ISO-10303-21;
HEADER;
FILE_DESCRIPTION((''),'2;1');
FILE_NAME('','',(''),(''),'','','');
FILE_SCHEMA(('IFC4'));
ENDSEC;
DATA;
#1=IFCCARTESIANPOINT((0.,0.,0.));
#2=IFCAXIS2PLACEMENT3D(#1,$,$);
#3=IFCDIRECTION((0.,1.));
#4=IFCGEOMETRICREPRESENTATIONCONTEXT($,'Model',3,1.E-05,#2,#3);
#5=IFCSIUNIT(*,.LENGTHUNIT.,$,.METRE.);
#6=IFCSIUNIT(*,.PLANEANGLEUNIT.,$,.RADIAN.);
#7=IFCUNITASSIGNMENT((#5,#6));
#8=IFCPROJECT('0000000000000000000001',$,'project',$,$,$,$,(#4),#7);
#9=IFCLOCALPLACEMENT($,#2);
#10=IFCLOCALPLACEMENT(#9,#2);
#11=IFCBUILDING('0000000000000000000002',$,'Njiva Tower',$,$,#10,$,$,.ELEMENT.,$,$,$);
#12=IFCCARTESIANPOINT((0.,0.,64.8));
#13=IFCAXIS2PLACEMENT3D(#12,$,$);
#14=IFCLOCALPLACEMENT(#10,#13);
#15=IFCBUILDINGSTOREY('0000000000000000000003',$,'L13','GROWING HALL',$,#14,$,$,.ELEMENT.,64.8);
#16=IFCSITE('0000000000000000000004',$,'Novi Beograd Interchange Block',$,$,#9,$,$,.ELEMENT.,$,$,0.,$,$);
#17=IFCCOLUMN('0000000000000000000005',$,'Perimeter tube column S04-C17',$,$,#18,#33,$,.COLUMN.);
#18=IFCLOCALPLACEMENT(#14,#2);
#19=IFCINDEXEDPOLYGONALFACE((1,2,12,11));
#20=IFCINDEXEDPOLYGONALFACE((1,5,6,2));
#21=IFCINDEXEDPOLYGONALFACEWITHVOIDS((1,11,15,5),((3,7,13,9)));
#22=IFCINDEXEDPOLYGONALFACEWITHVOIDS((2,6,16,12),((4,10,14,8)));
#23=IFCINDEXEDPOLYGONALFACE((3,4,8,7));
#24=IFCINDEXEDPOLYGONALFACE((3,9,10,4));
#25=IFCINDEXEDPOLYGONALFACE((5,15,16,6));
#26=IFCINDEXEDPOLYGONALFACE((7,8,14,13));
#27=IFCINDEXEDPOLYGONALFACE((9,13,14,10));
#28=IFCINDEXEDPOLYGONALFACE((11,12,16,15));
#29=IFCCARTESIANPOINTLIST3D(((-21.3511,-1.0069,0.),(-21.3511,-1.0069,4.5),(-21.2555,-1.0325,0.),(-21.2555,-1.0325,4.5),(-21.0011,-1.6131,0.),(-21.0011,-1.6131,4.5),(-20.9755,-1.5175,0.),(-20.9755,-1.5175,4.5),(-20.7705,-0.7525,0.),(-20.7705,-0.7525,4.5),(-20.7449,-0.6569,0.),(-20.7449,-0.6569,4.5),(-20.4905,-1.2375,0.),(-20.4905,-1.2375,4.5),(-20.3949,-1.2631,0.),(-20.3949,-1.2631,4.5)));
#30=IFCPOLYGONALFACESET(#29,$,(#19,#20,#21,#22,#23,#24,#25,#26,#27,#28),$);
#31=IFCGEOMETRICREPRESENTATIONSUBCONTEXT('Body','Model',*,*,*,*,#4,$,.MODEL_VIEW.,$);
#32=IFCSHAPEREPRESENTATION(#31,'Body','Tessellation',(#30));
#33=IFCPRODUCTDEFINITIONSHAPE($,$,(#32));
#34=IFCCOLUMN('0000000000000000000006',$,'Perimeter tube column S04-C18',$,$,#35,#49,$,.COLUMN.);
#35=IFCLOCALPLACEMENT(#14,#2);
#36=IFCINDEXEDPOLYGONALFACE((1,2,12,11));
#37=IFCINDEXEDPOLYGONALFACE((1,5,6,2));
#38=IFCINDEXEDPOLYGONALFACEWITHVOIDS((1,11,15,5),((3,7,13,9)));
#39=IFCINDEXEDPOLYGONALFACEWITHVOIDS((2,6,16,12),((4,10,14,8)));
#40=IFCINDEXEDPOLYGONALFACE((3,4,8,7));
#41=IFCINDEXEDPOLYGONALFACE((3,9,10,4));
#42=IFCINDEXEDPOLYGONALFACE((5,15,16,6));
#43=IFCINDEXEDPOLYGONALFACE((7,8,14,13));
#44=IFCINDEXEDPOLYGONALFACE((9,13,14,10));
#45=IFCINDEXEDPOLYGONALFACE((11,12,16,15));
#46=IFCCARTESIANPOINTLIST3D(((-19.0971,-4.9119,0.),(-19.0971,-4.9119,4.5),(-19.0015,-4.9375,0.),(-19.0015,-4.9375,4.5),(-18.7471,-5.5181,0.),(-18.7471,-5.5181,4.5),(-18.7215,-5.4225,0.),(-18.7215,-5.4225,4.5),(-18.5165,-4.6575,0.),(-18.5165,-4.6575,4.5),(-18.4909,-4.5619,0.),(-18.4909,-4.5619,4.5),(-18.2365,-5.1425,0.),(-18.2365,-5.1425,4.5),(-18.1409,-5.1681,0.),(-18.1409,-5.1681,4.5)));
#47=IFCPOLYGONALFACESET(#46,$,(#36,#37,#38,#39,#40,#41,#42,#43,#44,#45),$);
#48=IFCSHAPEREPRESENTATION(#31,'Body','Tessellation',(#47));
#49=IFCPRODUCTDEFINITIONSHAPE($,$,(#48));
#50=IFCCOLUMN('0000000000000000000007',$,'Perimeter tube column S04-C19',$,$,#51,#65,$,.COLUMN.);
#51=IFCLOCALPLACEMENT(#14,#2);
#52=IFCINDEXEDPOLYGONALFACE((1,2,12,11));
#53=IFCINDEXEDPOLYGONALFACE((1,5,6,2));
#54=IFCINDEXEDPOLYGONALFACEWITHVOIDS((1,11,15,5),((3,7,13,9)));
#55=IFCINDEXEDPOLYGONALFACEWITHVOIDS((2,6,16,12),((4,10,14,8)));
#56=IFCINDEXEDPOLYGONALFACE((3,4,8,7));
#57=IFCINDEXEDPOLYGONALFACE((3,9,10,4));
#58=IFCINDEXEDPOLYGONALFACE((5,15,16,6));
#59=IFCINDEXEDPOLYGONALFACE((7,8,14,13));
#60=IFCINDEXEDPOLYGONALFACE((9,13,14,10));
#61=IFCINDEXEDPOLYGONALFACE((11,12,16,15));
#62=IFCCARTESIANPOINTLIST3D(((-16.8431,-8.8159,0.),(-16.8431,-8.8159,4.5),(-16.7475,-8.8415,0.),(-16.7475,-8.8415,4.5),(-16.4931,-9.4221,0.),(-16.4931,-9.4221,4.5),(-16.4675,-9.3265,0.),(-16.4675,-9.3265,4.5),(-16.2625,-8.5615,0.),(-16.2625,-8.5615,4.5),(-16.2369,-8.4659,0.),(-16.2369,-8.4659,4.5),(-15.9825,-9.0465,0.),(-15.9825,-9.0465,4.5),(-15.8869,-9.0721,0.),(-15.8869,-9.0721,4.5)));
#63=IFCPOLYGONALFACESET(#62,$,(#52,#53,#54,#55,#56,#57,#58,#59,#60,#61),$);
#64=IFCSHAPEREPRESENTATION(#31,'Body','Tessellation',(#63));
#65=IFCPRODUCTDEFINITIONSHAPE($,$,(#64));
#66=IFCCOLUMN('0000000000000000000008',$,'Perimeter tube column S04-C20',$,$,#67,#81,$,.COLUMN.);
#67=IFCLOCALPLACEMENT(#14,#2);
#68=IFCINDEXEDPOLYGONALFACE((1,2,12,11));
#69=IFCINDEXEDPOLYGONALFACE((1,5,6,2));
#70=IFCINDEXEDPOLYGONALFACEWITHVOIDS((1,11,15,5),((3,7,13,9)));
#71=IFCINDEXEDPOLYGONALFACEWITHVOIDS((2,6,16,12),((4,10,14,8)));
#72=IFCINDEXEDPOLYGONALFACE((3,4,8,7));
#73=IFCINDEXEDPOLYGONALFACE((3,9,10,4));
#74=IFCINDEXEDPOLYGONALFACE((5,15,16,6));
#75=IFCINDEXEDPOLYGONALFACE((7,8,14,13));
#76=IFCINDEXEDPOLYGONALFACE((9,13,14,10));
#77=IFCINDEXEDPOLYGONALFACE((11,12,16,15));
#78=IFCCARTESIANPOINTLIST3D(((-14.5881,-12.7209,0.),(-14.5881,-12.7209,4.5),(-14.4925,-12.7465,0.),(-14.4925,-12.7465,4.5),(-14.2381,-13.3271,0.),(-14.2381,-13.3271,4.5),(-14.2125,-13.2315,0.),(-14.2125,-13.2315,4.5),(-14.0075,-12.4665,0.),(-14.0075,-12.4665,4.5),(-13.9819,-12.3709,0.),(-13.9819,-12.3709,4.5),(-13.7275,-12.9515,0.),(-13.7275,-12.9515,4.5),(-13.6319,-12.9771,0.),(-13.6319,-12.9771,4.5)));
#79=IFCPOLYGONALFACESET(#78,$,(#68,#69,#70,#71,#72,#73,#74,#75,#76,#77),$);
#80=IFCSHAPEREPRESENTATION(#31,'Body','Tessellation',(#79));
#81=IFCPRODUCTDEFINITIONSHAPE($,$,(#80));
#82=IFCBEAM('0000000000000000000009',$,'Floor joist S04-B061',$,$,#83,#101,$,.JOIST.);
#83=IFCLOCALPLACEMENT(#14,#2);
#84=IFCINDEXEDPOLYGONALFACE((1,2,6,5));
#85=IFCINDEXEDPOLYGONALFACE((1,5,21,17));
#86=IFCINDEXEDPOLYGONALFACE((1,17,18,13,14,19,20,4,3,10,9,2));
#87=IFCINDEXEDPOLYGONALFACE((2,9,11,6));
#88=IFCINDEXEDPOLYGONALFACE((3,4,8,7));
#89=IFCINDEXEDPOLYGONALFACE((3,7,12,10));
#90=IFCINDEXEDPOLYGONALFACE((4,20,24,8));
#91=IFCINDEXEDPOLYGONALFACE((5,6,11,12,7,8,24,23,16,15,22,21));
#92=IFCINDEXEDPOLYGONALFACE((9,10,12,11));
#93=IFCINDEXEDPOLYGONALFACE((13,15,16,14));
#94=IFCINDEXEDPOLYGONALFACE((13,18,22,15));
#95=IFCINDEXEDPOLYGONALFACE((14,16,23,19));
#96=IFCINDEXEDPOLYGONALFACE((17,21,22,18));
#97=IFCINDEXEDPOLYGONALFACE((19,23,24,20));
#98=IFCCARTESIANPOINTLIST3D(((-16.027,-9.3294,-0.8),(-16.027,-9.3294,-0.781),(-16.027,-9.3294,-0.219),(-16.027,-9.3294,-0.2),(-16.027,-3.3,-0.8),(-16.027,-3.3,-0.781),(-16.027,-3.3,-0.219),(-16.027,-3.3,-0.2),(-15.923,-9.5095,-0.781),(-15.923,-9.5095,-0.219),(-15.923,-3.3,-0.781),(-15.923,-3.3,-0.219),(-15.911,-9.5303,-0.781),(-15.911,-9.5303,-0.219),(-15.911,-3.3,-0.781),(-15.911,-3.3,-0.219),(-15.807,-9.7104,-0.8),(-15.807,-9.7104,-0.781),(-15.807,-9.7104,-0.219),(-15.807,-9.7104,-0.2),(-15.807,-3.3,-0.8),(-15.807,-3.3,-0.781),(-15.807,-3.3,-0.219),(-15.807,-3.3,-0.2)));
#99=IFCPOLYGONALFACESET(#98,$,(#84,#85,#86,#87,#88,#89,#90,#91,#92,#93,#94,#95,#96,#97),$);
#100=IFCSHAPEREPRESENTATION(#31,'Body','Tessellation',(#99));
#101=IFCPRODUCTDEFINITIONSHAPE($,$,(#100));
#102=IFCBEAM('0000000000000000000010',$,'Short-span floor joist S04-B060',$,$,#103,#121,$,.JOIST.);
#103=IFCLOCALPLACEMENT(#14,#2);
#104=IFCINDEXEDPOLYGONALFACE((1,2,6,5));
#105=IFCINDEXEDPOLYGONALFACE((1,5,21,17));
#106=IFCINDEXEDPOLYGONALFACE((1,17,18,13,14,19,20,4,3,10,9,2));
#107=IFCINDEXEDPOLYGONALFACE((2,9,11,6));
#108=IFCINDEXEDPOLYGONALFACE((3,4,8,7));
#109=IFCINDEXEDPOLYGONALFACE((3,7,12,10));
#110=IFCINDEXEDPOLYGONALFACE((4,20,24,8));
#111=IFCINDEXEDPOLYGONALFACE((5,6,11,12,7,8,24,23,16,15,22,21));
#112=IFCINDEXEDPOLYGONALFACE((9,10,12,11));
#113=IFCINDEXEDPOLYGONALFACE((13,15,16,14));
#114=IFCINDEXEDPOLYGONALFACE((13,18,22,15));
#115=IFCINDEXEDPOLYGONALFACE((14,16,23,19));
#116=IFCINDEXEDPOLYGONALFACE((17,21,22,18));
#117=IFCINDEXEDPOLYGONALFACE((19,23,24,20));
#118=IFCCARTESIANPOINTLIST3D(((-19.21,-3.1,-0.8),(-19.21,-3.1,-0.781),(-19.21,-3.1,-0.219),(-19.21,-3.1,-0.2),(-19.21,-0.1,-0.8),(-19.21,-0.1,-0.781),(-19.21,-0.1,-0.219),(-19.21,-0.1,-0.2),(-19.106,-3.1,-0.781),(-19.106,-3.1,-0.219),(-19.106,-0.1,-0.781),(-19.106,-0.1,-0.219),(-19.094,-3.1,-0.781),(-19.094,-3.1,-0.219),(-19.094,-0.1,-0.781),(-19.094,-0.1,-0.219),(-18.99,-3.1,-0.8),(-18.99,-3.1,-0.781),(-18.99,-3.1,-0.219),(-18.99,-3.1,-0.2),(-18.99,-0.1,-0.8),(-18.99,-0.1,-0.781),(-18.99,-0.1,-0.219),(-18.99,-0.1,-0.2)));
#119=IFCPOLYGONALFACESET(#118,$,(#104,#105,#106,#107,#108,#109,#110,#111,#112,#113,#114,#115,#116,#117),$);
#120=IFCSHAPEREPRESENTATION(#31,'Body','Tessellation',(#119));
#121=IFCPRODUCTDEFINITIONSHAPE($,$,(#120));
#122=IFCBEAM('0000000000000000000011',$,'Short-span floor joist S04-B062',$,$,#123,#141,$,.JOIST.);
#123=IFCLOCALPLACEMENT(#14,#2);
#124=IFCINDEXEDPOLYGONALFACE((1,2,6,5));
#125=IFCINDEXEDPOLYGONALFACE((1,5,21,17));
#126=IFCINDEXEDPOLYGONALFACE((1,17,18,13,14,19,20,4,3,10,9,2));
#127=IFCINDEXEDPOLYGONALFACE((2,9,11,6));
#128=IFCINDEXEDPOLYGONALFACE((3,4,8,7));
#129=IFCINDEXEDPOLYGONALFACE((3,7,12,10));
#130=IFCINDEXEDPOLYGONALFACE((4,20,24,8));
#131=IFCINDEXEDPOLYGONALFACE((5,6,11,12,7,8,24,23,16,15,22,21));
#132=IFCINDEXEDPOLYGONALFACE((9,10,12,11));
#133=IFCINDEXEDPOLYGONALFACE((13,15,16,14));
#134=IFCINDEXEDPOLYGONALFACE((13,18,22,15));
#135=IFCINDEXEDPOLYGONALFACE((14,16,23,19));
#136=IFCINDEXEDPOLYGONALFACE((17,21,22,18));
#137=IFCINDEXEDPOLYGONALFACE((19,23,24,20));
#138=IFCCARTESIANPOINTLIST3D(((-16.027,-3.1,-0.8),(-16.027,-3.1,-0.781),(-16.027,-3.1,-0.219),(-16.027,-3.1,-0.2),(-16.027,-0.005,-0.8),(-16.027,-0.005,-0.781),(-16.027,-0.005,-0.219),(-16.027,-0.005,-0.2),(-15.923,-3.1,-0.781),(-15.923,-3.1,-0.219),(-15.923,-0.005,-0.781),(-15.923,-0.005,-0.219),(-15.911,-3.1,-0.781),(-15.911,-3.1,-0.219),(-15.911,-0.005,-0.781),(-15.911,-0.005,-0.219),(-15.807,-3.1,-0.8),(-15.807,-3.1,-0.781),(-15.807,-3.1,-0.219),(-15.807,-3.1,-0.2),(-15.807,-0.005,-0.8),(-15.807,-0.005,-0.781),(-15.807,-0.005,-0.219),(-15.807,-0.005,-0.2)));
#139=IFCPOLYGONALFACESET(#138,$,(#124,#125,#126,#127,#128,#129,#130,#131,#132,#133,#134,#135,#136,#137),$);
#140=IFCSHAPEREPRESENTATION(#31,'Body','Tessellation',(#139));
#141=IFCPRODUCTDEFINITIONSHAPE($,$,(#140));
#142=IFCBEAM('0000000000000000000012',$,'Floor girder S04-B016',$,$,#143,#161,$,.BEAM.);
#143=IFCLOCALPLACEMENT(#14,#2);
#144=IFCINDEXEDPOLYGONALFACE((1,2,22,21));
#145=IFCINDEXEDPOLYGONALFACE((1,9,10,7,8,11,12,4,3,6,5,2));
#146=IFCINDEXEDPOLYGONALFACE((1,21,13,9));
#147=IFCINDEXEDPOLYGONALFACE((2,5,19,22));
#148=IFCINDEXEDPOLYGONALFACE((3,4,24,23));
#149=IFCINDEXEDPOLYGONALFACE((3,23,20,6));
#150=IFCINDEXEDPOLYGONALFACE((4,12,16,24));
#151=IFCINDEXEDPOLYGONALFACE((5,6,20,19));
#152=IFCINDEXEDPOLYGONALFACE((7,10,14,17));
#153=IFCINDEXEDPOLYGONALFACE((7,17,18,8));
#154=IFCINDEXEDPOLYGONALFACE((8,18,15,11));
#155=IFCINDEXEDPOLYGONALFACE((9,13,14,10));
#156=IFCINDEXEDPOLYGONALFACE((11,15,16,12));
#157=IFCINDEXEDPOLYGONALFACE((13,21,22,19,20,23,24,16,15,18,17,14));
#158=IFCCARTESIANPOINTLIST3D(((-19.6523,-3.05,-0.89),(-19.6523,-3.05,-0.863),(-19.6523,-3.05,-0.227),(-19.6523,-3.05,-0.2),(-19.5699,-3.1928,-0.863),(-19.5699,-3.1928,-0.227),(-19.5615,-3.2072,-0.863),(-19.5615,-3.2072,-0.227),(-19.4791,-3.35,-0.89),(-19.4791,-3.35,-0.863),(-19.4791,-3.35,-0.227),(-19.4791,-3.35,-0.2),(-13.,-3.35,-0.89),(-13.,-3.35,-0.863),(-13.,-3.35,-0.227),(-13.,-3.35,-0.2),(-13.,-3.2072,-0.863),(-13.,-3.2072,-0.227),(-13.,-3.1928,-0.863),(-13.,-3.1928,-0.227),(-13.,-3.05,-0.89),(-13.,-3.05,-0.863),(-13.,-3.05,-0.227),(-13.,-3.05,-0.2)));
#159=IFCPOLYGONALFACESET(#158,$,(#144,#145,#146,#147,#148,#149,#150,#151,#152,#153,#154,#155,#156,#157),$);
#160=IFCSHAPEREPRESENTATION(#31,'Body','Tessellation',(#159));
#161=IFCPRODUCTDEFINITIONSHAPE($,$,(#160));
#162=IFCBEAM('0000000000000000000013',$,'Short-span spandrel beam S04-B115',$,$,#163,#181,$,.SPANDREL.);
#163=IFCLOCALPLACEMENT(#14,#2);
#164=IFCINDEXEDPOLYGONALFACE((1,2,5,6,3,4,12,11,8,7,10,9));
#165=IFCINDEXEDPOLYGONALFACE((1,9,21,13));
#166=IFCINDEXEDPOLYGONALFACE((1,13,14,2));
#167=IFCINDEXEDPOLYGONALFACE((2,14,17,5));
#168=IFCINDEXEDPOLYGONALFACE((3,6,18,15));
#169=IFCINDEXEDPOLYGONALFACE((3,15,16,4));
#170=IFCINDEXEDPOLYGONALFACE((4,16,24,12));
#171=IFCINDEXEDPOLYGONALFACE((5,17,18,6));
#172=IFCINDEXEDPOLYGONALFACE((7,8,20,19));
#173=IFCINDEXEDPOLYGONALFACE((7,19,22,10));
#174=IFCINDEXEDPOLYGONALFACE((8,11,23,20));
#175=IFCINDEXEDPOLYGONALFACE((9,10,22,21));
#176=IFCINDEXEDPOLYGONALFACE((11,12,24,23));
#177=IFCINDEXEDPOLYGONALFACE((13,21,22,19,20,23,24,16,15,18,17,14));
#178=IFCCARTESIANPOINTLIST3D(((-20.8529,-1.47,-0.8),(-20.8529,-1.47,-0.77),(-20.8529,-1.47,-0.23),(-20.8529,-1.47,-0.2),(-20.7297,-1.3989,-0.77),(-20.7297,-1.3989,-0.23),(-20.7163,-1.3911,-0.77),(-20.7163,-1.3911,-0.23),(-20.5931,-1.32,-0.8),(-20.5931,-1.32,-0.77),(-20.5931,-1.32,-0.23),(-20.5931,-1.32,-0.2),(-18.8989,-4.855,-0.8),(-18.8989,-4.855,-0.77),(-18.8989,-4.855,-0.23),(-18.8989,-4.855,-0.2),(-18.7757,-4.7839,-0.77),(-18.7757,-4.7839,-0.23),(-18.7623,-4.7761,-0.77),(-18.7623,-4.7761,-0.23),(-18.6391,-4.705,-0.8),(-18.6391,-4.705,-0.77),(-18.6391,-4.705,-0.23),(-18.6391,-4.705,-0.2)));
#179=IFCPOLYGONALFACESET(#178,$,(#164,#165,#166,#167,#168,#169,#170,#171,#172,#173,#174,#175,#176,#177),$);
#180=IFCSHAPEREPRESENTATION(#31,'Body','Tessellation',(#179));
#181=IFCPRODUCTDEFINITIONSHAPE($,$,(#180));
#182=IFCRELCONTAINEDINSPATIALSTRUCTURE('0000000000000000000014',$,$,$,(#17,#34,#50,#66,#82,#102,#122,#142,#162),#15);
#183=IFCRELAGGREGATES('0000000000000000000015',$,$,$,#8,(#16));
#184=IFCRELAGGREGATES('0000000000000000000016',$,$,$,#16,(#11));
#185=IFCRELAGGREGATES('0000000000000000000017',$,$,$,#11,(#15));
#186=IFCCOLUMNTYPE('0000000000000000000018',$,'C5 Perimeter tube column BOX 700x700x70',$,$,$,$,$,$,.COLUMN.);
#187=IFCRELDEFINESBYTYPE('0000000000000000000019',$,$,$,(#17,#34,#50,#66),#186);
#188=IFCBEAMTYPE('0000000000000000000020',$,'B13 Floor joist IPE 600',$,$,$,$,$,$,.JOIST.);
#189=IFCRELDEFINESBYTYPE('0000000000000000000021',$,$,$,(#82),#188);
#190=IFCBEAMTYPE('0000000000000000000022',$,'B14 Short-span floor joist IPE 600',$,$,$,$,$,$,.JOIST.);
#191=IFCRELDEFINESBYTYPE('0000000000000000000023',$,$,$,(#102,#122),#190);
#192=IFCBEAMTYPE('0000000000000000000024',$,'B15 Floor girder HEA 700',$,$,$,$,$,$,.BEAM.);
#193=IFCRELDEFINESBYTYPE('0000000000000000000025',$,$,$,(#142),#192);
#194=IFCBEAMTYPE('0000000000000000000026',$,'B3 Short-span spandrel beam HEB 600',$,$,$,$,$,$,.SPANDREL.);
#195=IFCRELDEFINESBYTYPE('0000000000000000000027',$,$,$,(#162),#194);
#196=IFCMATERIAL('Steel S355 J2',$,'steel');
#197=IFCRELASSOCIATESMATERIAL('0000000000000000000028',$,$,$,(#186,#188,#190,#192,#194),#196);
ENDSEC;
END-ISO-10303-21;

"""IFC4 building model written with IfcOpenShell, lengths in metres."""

from ifc_helpers import new_model, si_unit, direction, frame, origin, origin_2d, place, context, subcontext, project, spatial, hollow_rectangle, i_section, extrude, clip, halfspace, material, material_profile, profile_set, type_object, element, save


model = new_model("IFC4")

# Units and contexts
model_context = context("Model", 3, precision=1e-05, world=origin(), true_north=direction((0.0, 1.0)))
body_context = subcontext(model_context, "Body", "Model", "MODEL_VIEW")
ifc_project = project(units=[si_unit("LENGTHUNIT", "METRE"), si_unit("PLANEANGLEUNIT", "RADIAN")], contexts=[model_context])

# Site, building, storey
site_placement = place(None, origin())
site = spatial("IfcSite", under=ifc_project, at=site_placement, Name="Novi Beograd Interchange Block", CompositionType="ELEMENT", RefElevation=0.0)
building_placement = place(site_placement, origin())
building = spatial("IfcBuilding", under=site, at=building_placement, Name="Njiva Tower", CompositionType="ELEMENT")
storey_placement = place(building_placement, frame((0.0, 0.0, 64.8)))
storey = spatial("IfcBuildingStorey", under=building, at=storey_placement, Name="L13", Description="GROWING HALL", CompositionType="ELEMENT", Elevation=64.8)

# Columns
ifc_material_1 = material(Name="Steel S355 J2", Category="steel")
ifc_material_profile_1 = material_profile(ifc_material_1, hollow_rectangle(XDim=0.7, YDim=0.7, WallThickness=0.07, at=origin_2d()), Name="BOX 700x700x70")
ifc_profile_set_1 = profile_set([ifc_material_profile_1], Name="Steel S355 J2")
column_type = type_object("IfcColumnType", Name="C5 Perimeter tube column BOX 700x700x70", PredefinedType="COLUMN", material=ifc_profile_set_1)
for number, where, z_axis, x_axis, name in (
    (1, (-20.873, -1.135, 0.0), (0.0, 0.0, 1.0), (0.5, -0.866025, 0.0), "Perimeter tube column S04-C17"),
    (2, (-18.619, -5.04, 0.0), (0.0, 0.0, 1.0), (0.5, -0.866025, 0.0), "Perimeter tube column S04-C18"),
    (3, (-16.365, -8.944, 0.0), (0.0, 0.0, 1.0), (0.5, -0.866025, 0.0), "Perimeter tube column S04-C19"),
    (4, (-14.11, -12.849, 0.0), (0.0, 0.0, 1.0), (0.5, -0.866025, 0.0), "Perimeter tube column S04-C20"),
):
    element("IfcColumn", number, at=place(storey_placement, frame(where, z_axis=z_axis, x_axis=x_axis)), inside=storey, type_object=column_type, Name=name, PredefinedType="COLUMN", context=body_context, shape_type="SweptSolid", body=[
        extrude(hollow_rectangle(XDim=0.7, YDim=0.7, WallThickness=0.07, at=origin_2d()), origin(), (0.0, 0.0, 1.0), 4.5),
    ])

# Beams
ifc_material_profile_2 = material_profile(ifc_material_1, i_section(OverallWidth=0.22, OverallDepth=0.6, WebThickness=0.012, FlangeThickness=0.019, at=origin_2d()), Name="IPE 600")
ifc_profile_set_2 = profile_set([ifc_material_profile_2], Name="Steel S355 J2")
beam_type_1 = type_object("IfcBeamType", Name="B13 Floor joist IPE 600", PredefinedType="JOIST", material=ifc_profile_set_2)
beam_1_placement = place(storey_placement, frame((-15.917, -3.3, -0.5), z_axis=(0.0, -1.0, 0.0), x_axis=(1.0, 0.0, 0.0)))
element("IfcBeam", 5, at=beam_1_placement, inside=storey, type_object=beam_type_1, Name="Floor joist S04-B061", PredefinedType="JOIST", context=body_context, shape_type="Clipping", body=[
    clip(extrude(i_section(OverallWidth=0.22, OverallDepth=0.6, WebThickness=0.012, FlangeThickness=0.019, at=origin_2d()), origin(), (0.0, 0.0, 1.0), 6.431), halfspace(frame((-0.043, 0.0, 6.1454), z_axis=(-0.866027, 0.0, 0.499998), x_axis=(0.0, 1.0, 0.0)), False)),
])
ifc_material_profile_3 = material_profile(ifc_material_1, i_section(OverallWidth=0.22, OverallDepth=0.6, WebThickness=0.012, FlangeThickness=0.019, at=origin_2d()), Name="IPE 600")
ifc_profile_set_3 = profile_set([ifc_material_profile_3], Name="Steel S355 J2")
beam_type_2 = type_object("IfcBeamType", Name="B14 Short-span floor joist IPE 600", PredefinedType="JOIST", material=ifc_profile_set_3)
beam_2_placement = place(storey_placement, frame((-19.1, -0.1, -0.5), z_axis=(0.0, -1.0, 0.0), x_axis=(1.0, 0.0, 0.0)))
element("IfcBeam", 6, at=beam_2_placement, inside=storey, type_object=beam_type_2, Name="Short-span floor joist S04-B060", PredefinedType="JOIST", context=body_context, shape_type="SweptSolid", body=[
    extrude(i_section(OverallWidth=0.22, OverallDepth=0.6, WebThickness=0.012, FlangeThickness=0.019, at=origin_2d()), origin(), (0.0, 0.0, 1.0), 3.0),
])
beam_3_placement = place(storey_placement, frame((-15.917, -0.005, -0.5), z_axis=(0.0, -1.0, 0.0), x_axis=(1.0, 0.0, 0.0)))
element("IfcBeam", 7, at=beam_3_placement, inside=storey, type_object=beam_type_2, Name="Short-span floor joist S04-B062", PredefinedType="JOIST", context=body_context, shape_type="SweptSolid", body=[
    extrude(i_section(OverallWidth=0.22, OverallDepth=0.6, WebThickness=0.012, FlangeThickness=0.019, at=origin_2d()), origin(), (0.0, 0.0, 1.0), 3.095),
])
ifc_material_profile_4 = material_profile(ifc_material_1, i_section(OverallWidth=0.3, OverallDepth=0.69, WebThickness=0.0145, FlangeThickness=0.027, at=origin_2d()), Name="HEA 700")
ifc_profile_set_4 = profile_set([ifc_material_profile_4], Name="Steel S355 J2")
beam_type_3 = type_object("IfcBeamType", Name="B15 Floor girder HEA 700", PredefinedType="BEAM", material=ifc_profile_set_4)
beam_4_placement = place(storey_placement, frame((-19.673, -3.2, -0.545), z_axis=(1.0, 0.0, 0.0), x_axis=(0.0, 1.0, 0.0)))
element("IfcBeam", 8, at=beam_4_placement, inside=storey, type_object=beam_type_3, Name="Floor girder S04-B016", PredefinedType="BEAM", context=body_context, shape_type="Clipping", body=[
    clip(extrude(i_section(OverallWidth=0.3, OverallDepth=0.69, WebThickness=0.0145, FlangeThickness=0.027, at=origin_2d()), origin(), (0.0, 0.0, 1.0), 6.673), halfspace(frame((-0.025, 0.0, 0.1217), z_axis=(-0.499998, 0.0, -0.866027), x_axis=(0.0, -1.0, 0.0)), False)),
])
ifc_material_profile_5 = material_profile(ifc_material_1, i_section(OverallWidth=0.3, OverallDepth=0.6, WebThickness=0.0155, FlangeThickness=0.03, at=origin_2d()), Name="HEB 600")
ifc_profile_set_5 = profile_set([ifc_material_profile_5], Name="Steel S355 J2")
beam_type_4 = type_object("IfcBeamType", Name="B3 Short-span spandrel beam HEB 600", PredefinedType="SPANDREL", material=ifc_profile_set_5)
beam_5_placement = place(storey_placement, frame((-20.723, -1.395, -0.5), z_axis=(0.499937, -0.866062, 0.0), x_axis=(0.866062, 0.499937, 0.0)))
element("IfcBeam", 9, at=beam_5_placement, inside=storey, type_object=beam_type_4, Name="Short-span spandrel beam S04-B115", PredefinedType="SPANDREL", context=body_context, shape_type="SweptSolid", body=[
    extrude(i_section(OverallWidth=0.3, OverallDepth=0.6, WebThickness=0.0155, FlangeThickness=0.03, at=origin_2d()), origin(), (0.0, 0.0, 1.0), 3.9085),
])

save(model, "model.ifc")
